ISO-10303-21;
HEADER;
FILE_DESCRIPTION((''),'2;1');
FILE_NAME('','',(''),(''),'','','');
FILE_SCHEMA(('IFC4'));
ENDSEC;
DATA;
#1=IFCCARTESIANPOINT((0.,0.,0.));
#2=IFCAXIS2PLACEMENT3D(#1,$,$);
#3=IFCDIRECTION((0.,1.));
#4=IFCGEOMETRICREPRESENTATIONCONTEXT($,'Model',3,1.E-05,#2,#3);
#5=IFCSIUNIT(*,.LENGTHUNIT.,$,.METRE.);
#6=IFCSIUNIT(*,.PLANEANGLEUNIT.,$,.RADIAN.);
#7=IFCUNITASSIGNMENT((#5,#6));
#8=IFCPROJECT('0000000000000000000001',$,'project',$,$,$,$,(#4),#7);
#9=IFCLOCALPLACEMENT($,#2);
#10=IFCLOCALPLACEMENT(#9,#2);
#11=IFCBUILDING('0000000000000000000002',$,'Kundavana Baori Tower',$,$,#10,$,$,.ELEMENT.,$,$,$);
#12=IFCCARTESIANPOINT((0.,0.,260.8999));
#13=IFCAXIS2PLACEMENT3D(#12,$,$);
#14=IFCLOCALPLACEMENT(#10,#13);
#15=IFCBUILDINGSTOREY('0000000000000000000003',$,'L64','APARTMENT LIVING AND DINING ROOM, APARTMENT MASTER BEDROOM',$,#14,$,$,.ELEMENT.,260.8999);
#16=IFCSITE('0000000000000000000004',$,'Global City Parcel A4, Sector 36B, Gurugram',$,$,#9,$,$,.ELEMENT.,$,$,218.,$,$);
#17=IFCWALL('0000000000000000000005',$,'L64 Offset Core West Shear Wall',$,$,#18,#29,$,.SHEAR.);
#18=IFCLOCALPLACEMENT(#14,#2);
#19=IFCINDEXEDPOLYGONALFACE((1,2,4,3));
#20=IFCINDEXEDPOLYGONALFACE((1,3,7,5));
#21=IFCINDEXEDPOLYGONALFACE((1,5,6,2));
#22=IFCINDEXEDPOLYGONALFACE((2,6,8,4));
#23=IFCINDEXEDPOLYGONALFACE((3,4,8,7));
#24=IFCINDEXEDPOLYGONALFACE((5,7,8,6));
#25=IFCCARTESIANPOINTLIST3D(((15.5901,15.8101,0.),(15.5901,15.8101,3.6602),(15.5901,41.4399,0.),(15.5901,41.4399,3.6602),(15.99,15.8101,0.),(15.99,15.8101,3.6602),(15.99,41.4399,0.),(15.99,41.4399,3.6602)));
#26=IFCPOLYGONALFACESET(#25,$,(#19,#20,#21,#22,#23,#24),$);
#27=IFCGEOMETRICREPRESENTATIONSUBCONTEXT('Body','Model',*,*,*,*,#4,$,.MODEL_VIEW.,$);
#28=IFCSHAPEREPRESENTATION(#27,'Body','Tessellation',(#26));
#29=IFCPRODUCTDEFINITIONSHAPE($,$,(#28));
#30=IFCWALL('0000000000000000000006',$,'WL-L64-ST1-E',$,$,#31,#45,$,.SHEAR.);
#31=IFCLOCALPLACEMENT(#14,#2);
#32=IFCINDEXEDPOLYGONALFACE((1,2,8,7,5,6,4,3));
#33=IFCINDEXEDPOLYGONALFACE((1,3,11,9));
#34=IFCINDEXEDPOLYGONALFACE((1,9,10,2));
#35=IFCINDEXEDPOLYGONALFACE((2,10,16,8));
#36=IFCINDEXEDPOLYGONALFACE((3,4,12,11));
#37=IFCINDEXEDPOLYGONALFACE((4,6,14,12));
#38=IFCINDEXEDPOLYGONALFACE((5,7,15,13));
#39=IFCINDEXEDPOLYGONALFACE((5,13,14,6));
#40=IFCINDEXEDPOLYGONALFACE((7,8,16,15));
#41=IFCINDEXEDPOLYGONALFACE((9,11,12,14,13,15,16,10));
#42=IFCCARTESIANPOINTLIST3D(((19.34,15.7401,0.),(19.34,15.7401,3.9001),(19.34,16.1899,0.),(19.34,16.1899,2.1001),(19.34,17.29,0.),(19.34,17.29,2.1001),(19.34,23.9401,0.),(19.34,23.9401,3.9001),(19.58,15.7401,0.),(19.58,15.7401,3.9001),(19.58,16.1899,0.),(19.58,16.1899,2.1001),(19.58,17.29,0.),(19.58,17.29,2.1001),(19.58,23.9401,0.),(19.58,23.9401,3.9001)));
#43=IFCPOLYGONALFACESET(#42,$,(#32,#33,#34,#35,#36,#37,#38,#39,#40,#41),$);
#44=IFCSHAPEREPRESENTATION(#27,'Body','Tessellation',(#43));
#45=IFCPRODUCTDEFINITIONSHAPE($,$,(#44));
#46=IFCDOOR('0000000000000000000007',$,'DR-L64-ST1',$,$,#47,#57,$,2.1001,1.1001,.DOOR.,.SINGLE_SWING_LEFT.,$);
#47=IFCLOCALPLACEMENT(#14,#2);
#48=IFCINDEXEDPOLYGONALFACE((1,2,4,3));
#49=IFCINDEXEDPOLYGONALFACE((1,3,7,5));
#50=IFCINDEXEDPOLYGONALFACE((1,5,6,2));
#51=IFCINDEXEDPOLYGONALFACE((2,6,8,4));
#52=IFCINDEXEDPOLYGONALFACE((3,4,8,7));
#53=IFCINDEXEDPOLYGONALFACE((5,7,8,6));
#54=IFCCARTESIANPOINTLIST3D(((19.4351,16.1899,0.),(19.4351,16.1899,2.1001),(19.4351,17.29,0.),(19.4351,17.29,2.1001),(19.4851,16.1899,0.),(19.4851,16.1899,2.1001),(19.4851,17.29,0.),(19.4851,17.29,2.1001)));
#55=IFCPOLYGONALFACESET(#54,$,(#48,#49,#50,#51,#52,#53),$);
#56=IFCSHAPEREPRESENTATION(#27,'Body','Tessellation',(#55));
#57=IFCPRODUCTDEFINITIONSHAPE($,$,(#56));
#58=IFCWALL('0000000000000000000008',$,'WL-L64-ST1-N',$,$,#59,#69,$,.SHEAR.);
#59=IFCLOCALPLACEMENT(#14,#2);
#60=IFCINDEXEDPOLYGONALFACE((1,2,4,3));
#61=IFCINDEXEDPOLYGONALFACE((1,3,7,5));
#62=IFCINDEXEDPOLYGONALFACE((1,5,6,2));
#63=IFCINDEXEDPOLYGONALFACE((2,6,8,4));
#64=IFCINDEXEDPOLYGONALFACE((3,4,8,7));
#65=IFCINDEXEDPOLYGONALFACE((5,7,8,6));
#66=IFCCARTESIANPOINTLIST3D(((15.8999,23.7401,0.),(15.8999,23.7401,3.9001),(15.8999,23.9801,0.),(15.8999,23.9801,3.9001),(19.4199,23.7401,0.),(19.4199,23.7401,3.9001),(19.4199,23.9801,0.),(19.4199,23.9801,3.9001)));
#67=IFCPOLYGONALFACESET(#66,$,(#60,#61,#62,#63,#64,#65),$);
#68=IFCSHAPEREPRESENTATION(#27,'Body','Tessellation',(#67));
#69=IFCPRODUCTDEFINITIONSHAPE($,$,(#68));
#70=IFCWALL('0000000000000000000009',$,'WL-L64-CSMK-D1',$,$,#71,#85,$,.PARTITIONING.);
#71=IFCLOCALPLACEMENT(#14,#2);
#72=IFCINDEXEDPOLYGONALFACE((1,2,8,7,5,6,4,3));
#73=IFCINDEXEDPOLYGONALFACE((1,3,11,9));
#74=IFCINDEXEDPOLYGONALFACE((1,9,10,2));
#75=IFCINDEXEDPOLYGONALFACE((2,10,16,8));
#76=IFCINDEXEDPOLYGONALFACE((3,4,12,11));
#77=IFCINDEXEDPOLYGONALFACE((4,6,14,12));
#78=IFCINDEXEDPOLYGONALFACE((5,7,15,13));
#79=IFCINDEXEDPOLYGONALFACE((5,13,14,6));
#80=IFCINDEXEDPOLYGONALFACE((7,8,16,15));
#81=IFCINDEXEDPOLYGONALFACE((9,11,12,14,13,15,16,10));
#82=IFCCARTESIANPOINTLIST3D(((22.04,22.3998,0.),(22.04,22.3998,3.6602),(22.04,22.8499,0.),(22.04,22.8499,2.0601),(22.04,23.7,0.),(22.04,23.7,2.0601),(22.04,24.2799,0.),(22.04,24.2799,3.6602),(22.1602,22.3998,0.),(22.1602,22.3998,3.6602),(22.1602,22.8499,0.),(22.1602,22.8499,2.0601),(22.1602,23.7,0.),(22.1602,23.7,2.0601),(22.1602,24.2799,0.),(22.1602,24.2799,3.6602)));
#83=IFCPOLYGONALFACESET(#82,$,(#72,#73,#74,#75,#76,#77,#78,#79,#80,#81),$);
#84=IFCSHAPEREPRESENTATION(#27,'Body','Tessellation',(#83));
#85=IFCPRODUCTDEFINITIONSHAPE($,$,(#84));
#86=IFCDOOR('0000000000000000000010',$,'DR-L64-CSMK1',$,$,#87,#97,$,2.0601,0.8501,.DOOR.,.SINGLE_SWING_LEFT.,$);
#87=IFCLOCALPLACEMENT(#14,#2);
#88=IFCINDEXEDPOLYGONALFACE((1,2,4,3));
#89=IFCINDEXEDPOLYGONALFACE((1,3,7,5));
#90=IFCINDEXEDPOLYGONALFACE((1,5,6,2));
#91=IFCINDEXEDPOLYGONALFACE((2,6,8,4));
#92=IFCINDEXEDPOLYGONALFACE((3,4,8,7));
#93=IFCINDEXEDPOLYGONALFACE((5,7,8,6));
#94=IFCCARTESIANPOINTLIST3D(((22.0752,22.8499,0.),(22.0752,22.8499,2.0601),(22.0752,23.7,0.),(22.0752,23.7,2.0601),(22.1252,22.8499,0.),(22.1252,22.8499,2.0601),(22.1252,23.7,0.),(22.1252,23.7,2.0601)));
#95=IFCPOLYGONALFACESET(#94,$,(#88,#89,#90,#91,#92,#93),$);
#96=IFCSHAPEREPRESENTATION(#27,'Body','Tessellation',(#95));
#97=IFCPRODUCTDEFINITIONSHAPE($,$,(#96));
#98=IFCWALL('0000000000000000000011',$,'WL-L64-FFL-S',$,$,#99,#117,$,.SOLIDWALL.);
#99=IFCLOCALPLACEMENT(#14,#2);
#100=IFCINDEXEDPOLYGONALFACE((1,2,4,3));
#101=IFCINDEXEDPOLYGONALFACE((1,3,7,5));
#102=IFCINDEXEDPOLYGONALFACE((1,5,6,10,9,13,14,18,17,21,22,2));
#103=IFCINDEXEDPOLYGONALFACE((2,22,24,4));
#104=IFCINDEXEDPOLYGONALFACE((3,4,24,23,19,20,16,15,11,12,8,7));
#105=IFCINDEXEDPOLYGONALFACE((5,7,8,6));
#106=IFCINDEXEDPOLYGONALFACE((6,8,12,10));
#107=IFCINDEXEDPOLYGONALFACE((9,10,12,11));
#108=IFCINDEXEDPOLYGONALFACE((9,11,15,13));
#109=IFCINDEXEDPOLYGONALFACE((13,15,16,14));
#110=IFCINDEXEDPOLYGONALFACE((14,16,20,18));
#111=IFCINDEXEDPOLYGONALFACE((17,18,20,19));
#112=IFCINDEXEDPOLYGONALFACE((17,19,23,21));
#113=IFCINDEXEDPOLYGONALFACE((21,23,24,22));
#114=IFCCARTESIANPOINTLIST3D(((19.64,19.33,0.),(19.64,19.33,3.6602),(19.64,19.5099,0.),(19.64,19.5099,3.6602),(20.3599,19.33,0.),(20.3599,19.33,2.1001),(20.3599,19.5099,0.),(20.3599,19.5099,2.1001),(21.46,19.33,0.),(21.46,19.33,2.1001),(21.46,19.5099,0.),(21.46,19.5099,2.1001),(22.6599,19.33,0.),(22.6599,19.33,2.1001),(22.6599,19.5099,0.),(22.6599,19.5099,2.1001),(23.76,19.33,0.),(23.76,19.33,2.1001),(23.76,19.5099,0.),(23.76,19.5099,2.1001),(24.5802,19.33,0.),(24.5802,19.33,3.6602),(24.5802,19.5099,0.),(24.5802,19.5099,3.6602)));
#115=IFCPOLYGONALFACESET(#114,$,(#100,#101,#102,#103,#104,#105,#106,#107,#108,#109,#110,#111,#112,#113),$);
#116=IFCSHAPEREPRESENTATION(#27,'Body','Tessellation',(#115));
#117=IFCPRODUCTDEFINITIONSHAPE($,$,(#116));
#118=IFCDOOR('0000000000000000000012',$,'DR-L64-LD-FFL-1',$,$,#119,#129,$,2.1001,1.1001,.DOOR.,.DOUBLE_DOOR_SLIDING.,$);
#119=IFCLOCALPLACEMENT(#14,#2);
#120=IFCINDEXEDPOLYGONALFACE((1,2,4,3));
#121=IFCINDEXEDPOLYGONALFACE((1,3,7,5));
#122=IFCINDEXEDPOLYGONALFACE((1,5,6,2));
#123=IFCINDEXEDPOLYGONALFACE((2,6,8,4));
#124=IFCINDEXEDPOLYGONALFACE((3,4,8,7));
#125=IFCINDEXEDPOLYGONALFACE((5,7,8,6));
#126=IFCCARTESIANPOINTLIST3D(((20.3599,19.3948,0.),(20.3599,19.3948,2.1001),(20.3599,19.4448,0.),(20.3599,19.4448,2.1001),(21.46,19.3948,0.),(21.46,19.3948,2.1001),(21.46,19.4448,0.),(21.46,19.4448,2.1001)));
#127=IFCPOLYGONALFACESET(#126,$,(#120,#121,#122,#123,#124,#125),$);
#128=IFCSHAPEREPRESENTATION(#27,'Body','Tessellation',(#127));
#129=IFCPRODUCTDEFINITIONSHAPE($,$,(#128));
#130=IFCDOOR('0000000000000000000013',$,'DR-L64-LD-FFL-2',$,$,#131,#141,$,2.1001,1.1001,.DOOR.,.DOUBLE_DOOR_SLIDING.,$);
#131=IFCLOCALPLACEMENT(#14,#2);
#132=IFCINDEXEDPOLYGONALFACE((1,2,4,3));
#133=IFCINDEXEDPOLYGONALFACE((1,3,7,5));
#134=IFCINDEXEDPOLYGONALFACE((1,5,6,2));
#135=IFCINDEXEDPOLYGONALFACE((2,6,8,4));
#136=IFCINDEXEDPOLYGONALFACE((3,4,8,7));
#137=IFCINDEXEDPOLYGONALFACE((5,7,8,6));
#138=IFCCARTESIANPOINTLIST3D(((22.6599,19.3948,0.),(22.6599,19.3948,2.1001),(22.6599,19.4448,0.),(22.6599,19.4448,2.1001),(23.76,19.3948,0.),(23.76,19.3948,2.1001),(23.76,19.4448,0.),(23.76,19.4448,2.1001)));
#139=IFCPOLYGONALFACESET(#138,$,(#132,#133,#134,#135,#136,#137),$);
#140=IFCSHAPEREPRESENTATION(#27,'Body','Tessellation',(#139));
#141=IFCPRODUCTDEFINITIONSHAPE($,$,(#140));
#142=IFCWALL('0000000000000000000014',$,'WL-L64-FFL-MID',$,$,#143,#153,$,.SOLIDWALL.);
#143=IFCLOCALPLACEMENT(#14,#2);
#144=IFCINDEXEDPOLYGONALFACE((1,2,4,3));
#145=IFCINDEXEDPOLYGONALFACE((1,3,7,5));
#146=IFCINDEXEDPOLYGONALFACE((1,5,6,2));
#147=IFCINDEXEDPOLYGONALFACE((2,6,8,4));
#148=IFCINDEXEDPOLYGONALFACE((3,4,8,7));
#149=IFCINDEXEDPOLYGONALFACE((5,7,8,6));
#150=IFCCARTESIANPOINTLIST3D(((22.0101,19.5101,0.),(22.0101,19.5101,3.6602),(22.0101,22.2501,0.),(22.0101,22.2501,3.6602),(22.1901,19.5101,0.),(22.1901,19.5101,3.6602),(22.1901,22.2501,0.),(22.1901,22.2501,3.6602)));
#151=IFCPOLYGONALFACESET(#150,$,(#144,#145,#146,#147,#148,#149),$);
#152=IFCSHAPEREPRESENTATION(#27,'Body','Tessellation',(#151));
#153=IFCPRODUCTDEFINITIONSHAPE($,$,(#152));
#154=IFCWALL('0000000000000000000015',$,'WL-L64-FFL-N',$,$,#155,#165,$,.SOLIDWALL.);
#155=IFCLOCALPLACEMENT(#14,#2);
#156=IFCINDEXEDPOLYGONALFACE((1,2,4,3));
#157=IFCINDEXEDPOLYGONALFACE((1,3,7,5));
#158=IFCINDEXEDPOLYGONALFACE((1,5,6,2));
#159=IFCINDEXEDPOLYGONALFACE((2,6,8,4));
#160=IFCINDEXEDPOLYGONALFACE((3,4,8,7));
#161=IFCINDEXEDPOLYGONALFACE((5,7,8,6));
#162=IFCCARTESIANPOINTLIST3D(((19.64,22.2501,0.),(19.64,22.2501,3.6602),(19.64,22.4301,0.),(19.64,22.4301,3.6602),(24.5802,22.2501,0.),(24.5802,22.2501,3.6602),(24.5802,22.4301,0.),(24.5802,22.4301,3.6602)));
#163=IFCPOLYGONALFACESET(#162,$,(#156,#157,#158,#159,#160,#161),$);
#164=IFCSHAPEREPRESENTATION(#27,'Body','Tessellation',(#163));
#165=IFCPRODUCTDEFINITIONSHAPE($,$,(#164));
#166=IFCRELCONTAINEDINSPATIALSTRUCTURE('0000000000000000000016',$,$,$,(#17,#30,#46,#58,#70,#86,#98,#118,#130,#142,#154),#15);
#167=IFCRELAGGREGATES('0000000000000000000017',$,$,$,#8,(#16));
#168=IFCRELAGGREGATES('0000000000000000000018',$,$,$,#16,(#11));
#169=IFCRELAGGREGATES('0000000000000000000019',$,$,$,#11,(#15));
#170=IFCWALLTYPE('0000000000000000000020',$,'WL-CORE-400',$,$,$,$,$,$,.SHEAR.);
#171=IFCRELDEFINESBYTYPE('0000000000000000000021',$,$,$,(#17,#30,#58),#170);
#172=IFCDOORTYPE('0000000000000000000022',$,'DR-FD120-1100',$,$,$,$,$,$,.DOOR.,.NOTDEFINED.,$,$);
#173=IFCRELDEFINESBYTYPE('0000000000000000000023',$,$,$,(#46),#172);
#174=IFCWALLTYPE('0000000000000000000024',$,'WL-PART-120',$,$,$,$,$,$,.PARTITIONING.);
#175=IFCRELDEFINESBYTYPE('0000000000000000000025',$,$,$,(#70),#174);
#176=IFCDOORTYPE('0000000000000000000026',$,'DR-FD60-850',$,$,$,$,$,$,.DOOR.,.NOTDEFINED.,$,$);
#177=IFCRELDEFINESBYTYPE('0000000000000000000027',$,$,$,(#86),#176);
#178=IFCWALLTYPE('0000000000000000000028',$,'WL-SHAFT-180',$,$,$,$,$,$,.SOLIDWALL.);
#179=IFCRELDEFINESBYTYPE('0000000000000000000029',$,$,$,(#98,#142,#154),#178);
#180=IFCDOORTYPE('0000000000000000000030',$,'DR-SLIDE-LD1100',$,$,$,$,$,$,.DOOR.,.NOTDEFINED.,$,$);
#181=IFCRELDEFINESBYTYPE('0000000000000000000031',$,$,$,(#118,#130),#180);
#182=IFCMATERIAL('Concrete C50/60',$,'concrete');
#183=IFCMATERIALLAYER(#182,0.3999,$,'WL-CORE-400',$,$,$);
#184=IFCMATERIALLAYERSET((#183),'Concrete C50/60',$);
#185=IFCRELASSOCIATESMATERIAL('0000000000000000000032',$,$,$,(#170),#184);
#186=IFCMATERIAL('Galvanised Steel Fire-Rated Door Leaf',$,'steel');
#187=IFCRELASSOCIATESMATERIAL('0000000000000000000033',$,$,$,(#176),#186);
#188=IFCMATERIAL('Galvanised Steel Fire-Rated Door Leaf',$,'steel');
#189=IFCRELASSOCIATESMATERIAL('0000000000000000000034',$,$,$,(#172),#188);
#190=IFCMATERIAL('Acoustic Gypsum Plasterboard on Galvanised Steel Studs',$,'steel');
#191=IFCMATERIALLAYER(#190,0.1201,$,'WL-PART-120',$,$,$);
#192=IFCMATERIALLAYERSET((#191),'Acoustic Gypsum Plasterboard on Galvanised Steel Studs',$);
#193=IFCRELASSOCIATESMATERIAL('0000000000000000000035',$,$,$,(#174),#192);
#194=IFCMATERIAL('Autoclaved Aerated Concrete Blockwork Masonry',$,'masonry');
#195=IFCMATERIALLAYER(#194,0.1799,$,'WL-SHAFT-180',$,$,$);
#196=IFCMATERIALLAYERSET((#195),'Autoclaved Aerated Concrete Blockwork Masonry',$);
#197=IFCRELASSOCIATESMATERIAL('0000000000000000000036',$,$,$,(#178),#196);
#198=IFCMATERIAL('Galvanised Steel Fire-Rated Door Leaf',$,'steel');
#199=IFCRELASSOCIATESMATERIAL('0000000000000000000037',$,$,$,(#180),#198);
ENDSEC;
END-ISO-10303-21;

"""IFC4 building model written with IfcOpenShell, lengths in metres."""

from ifc_helpers import new_model, si_unit, direction, frame, frame_2d, origin, place, context, subcontext, project, spatial, rectangle, extrude, material, layer, layer_set, type_object, element, fill, save


model = new_model("IFC4")

# Units and contexts
model_context = context("Model", 3, precision=1e-05, world=origin(), true_north=direction((0.0, 1.0)))
body_context = subcontext(model_context, "Body", "Model", "MODEL_VIEW")
ifc_project = project(units=[si_unit("LENGTHUNIT", "METRE"), si_unit("PLANEANGLEUNIT", "RADIAN")], contexts=[model_context])

# Site, building, storey
site_placement = place(None, origin())
site = spatial("IfcSite", under=ifc_project, at=site_placement, Name="Global City Parcel A4, Sector 36B, Gurugram", CompositionType="ELEMENT", RefElevation=218.0)
building_placement = place(site_placement, origin())
building = spatial("IfcBuilding", under=site, at=building_placement, Name="Kundavana Baori Tower", CompositionType="ELEMENT")
storey_placement = place(building_placement, frame((0.0, 0.0, 260.8999)))
storey = spatial("IfcBuildingStorey", under=building, at=storey_placement, Name="L64", Description="APARTMENT LIVING AND DINING ROOM, APARTMENT MASTER BEDROOM", CompositionType="ELEMENT", Elevation=260.8999)

# Wall
ifc_material_1 = material(Name="Concrete C50/60", Category="concrete")
ifc_layer_1 = layer(ifc_material_1, 0.3999, Name="WL-CORE-400")
ifc_layer_set_1 = layer_set([ifc_layer_1], Name="Concrete C50/60")
wall_type_1 = type_object("IfcWallType", Name="WL-CORE-400", PredefinedType="SHEAR", material=ifc_layer_set_1)
wall_1_placement = place(storey_placement, frame((15.79, 15.8101, 0.0), z_axis=(0.0, 0.0, 1.0), x_axis=(0.0, 1.0, 0.0)))
element("IfcWall", 1, at=wall_1_placement, inside=storey, type_object=wall_type_1, Name="L64 Offset Core West Shear Wall", PredefinedType="SHEAR", context=body_context, shape_type="SweptSolid", body=[
    extrude(rectangle(XDim=25.6299, YDim=0.3999, at=frame_2d((12.8149, 0.0))), origin(), (0.0, 0.0, 1.0), 3.6602),
])

# Shared definitions
ifc_material_2 = material(Name="Galvanised Steel Fire-Rated Door Leaf", Category="steel")
door_type_1 = type_object("IfcDoorType", Name="DR-FD60-850", OperationType="NOTDEFINED", PredefinedType="DOOR", material=ifc_material_2)

# Wall, opening, door
wall_2_placement = place(storey_placement, frame((19.46, 15.74, 0.0), z_axis=(0.0, 0.0, 1.0), x_axis=(0.0, 1.0, 0.0)))
wall_2 = element("IfcWall", 2, at=wall_2_placement, inside=storey, type_object=wall_type_1, Name="WL-L64-ST1-E", PredefinedType="SHEAR", context=body_context, shape_type="SweptSolid", body=[
    extrude(rectangle(XDim=8.2, YDim=0.24, at=frame_2d((4.1001, 0.0))), origin(), (0.0, 0.0, 1.0), 3.9001),
])
opening_1_placement = place(wall_2_placement, frame((0.45, 0.0, 0.0)))
opening_1 = element("IfcOpeningElement", 3, at=opening_1_placement, cuts=wall_2, PredefinedType="OPENING", context=body_context, shape_type="SweptSolid", body=[
    extrude(rectangle(XDim=1.1001, YDim=2.1001, at=frame_2d((0.55, 1.05))), frame((0.0, 0.1299, 0.0), z_axis=(0.0, -1.0, 0.0), x_axis=(1.0, 0.0, 0.0)), (0.0, 0.0, 1.0), 0.26),
])
ifc_material_3 = material(Name="Galvanised Steel Fire-Rated Door Leaf", Category="steel")
door_type_2 = type_object("IfcDoorType", Name="DR-FD120-1100", OperationType="NOTDEFINED", PredefinedType="DOOR", material=ifc_material_3)
door_1_placement = place(opening_1_placement, origin())
door_1 = element("IfcDoor", 4, at=door_1_placement, inside=storey, type_object=door_type_2, Name="DR-L64-ST1", OperationType="SINGLE_SWING_LEFT", OverallHeight=2.1001, OverallWidth=1.1001, PredefinedType="DOOR", context=body_context, shape_type="SweptSolid", body=[
    extrude(rectangle(XDim=1.1001, YDim=2.1001, at=frame_2d((0.55, 1.05))), frame((0.0, 0.0249, 0.0), z_axis=(0.0, -1.0, 0.0), x_axis=(1.0, 0.0, 0.0)), (0.0, 0.0, 1.0), 0.05),
])
fill(opening_1, door_1)

# Wall
wall_3_placement = place(storey_placement, frame((15.8999, 23.8601, 0.0), z_axis=(0.0, 0.0, 1.0), x_axis=(1.0, 0.0, 0.0)))
element("IfcWall", 5, at=wall_3_placement, inside=storey, type_object=wall_type_1, Name="WL-L64-ST1-N", PredefinedType="SHEAR", context=body_context, shape_type="SweptSolid", body=[
    extrude(rectangle(XDim=3.52, YDim=0.24, at=frame_2d((1.76, 0.0))), origin(), (0.0, 0.0, 1.0), 3.9001),
])

# Wall, opening, door
ifc_material_4 = material(Name="Acoustic Gypsum Plasterboard on Galvanised Steel Studs", Category="steel")
ifc_layer_2 = layer(ifc_material_4, 0.1201, Name="WL-PART-120")
ifc_layer_set_2 = layer_set([ifc_layer_2], Name="Acoustic Gypsum Plasterboard on Galvanised Steel Studs")
wall_type_2 = type_object("IfcWallType", Name="WL-PART-120", PredefinedType="PARTITIONING", material=ifc_layer_set_2)
wall_4_placement = place(storey_placement, frame((22.1001, 22.3999, 0.0), z_axis=(0.0, 0.0, 1.0), x_axis=(0.0, 1.0, 0.0)))
wall_4 = element("IfcWall", 6, at=wall_4_placement, inside=storey, type_object=wall_type_2, Name="WL-L64-CSMK-D1", PredefinedType="PARTITIONING", context=body_context, shape_type="SweptSolid", body=[
    extrude(rectangle(XDim=1.8801, YDim=0.1201, at=frame_2d((0.9399, 0.0))), origin(), (0.0, 0.0, 1.0), 3.6602),
])
opening_2_placement = place(wall_4_placement, frame((0.45, 0.0, 0.0)))
opening_2 = element("IfcOpeningElement", 7, at=opening_2_placement, cuts=wall_4, PredefinedType="OPENING", context=body_context, shape_type="SweptSolid", body=[
    extrude(rectangle(XDim=0.8501, YDim=2.0601, at=frame_2d((0.425, 1.03))), frame((0.0, 0.0701, 0.0), z_axis=(0.0, -1.0, 0.0), x_axis=(1.0, 0.0, 0.0)), (0.0, 0.0, 1.0), 0.1401),
])
door_2_placement = place(opening_2_placement, origin())
door_2 = element("IfcDoor", 8, at=door_2_placement, inside=storey, type_object=door_type_1, Name="DR-L64-CSMK1", OperationType="SINGLE_SWING_LEFT", OverallHeight=2.0601, OverallWidth=0.8501, PredefinedType="DOOR", context=body_context, shape_type="SweptSolid", body=[
    extrude(rectangle(XDim=0.8501, YDim=2.0601, at=frame_2d((0.425, 1.03))), frame((0.0, 0.0249, 0.0), z_axis=(0.0, -1.0, 0.0), x_axis=(1.0, 0.0, 0.0)), (0.0, 0.0, 1.0), 0.05),
])
fill(opening_2, door_2)

# Wall, openings, doors
ifc_material_5 = material(Name="Autoclaved Aerated Concrete Blockwork Masonry", Category="masonry")
ifc_layer_3 = layer(ifc_material_5, 0.1799, Name="WL-SHAFT-180")
ifc_layer_set_3 = layer_set([ifc_layer_3], Name="Autoclaved Aerated Concrete Blockwork Masonry")
wall_type_3 = type_object("IfcWallType", Name="WL-SHAFT-180", PredefinedType="SOLIDWALL", material=ifc_layer_set_3)
wall_5_placement = place(storey_placement, frame((19.6399, 19.4199, 0.0), z_axis=(0.0, 0.0, 1.0), x_axis=(1.0, 0.0, 0.0)))
wall_5 = element("IfcWall", 9, at=wall_5_placement, inside=storey, type_object=wall_type_3, Name="WL-L64-FFL-S", PredefinedType="SOLIDWALL", context=body_context, shape_type="SweptSolid", body=[
    extrude(rectangle(XDim=4.9402, YDim=0.1799, at=frame_2d((2.4702, 0.0))), origin(), (0.0, 0.0, 1.0), 3.6602),
])
opening_3_placement = place(wall_5_placement, frame((0.72, 0.0, 0.0)))
opening_3 = element("IfcOpeningElement", 10, at=opening_3_placement, cuts=wall_5, PredefinedType="OPENING", context=body_context, shape_type="SweptSolid", body=[
    extrude(rectangle(XDim=1.1001, YDim=2.1001, at=frame_2d((0.55, 1.05))), frame((0.0, 0.1001, 0.0), z_axis=(0.0, -1.0, 0.0), x_axis=(1.0, 0.0, 0.0)), (0.0, 0.0, 1.0), 0.2),
])
opening_4_placement = place(wall_5_placement, frame((3.02, 0.0, 0.0)))
opening_4 = element("IfcOpeningElement", 11, at=opening_4_placement, cuts=wall_5, PredefinedType="OPENING", context=body_context, shape_type="SweptSolid", body=[
    extrude(rectangle(XDim=1.1001, YDim=2.1001, at=frame_2d((0.55, 1.05))), frame((0.0, 0.1001, 0.0), z_axis=(0.0, -1.0, 0.0), x_axis=(1.0, 0.0, 0.0)), (0.0, 0.0, 1.0), 0.2),
])
ifc_material_6 = material(Name="Galvanised Steel Fire-Rated Door Leaf", Category="steel")
door_type_3 = type_object("IfcDoorType", Name="DR-SLIDE-LD1100", OperationType="NOTDEFINED", PredefinedType="DOOR", material=ifc_material_6)
door_3_placement = place(opening_3_placement, origin())
door_3 = element("IfcDoor", 12, at=door_3_placement, inside=storey, type_object=door_type_3, Name="DR-L64-LD-FFL-1", OperationType="DOUBLE_DOOR_SLIDING", OverallHeight=2.1001, OverallWidth=1.1001, PredefinedType="DOOR", context=body_context, shape_type="SweptSolid", body=[
    extrude(rectangle(XDim=1.1001, YDim=2.1001, at=frame_2d((0.55, 1.05))), frame((0.0, 0.0249, 0.0), z_axis=(0.0, -1.0, 0.0), x_axis=(1.0, 0.0, 0.0)), (0.0, 0.0, 1.0), 0.05),
])
fill(opening_3, door_3)
door_4_placement = place(opening_4_placement, origin())
door_4 = element("IfcDoor", 13, at=door_4_placement, inside=storey, type_object=door_type_3, Name="DR-L64-LD-FFL-2", OperationType="DOUBLE_DOOR_SLIDING", OverallHeight=2.1001, OverallWidth=1.1001, PredefinedType="DOOR", context=body_context, shape_type="SweptSolid", body=[
    extrude(rectangle(XDim=1.1001, YDim=2.1001, at=frame_2d((0.55, 1.05))), frame((0.0, 0.0249, 0.0), z_axis=(0.0, -1.0, 0.0), x_axis=(1.0, 0.0, 0.0)), (0.0, 0.0, 1.0), 0.05),
])
fill(opening_4, door_4)

# Walls
wall_6_placement = place(storey_placement, frame((22.1001, 19.51, 0.0), z_axis=(0.0, 0.0, 1.0), x_axis=(0.0, 1.0, 0.0)))
element("IfcWall", 14, at=wall_6_placement, inside=storey, type_object=wall_type_3, Name="WL-L64-FFL-MID", PredefinedType="SOLIDWALL", context=body_context, shape_type="SweptSolid", body=[
    extrude(rectangle(XDim=2.74, YDim=0.1799, at=frame_2d((1.3701, 0.0))), origin(), (0.0, 0.0, 1.0), 3.6602),
])
wall_7_placement = place(storey_placement, frame((19.6399, 22.3401, 0.0), z_axis=(0.0, 0.0, 1.0), x_axis=(1.0, 0.0, 0.0)))
element("IfcWall", 15, at=wall_7_placement, inside=storey, type_object=wall_type_3, Name="WL-L64-FFL-N", PredefinedType="SOLIDWALL", context=body_context, shape_type="SweptSolid", body=[
    extrude(rectangle(XDim=4.9402, YDim=0.1799, at=frame_2d((2.4702, 0.0))), origin(), (0.0, 0.0, 1.0), 3.6602),
])

save(model, "model.ifc")
